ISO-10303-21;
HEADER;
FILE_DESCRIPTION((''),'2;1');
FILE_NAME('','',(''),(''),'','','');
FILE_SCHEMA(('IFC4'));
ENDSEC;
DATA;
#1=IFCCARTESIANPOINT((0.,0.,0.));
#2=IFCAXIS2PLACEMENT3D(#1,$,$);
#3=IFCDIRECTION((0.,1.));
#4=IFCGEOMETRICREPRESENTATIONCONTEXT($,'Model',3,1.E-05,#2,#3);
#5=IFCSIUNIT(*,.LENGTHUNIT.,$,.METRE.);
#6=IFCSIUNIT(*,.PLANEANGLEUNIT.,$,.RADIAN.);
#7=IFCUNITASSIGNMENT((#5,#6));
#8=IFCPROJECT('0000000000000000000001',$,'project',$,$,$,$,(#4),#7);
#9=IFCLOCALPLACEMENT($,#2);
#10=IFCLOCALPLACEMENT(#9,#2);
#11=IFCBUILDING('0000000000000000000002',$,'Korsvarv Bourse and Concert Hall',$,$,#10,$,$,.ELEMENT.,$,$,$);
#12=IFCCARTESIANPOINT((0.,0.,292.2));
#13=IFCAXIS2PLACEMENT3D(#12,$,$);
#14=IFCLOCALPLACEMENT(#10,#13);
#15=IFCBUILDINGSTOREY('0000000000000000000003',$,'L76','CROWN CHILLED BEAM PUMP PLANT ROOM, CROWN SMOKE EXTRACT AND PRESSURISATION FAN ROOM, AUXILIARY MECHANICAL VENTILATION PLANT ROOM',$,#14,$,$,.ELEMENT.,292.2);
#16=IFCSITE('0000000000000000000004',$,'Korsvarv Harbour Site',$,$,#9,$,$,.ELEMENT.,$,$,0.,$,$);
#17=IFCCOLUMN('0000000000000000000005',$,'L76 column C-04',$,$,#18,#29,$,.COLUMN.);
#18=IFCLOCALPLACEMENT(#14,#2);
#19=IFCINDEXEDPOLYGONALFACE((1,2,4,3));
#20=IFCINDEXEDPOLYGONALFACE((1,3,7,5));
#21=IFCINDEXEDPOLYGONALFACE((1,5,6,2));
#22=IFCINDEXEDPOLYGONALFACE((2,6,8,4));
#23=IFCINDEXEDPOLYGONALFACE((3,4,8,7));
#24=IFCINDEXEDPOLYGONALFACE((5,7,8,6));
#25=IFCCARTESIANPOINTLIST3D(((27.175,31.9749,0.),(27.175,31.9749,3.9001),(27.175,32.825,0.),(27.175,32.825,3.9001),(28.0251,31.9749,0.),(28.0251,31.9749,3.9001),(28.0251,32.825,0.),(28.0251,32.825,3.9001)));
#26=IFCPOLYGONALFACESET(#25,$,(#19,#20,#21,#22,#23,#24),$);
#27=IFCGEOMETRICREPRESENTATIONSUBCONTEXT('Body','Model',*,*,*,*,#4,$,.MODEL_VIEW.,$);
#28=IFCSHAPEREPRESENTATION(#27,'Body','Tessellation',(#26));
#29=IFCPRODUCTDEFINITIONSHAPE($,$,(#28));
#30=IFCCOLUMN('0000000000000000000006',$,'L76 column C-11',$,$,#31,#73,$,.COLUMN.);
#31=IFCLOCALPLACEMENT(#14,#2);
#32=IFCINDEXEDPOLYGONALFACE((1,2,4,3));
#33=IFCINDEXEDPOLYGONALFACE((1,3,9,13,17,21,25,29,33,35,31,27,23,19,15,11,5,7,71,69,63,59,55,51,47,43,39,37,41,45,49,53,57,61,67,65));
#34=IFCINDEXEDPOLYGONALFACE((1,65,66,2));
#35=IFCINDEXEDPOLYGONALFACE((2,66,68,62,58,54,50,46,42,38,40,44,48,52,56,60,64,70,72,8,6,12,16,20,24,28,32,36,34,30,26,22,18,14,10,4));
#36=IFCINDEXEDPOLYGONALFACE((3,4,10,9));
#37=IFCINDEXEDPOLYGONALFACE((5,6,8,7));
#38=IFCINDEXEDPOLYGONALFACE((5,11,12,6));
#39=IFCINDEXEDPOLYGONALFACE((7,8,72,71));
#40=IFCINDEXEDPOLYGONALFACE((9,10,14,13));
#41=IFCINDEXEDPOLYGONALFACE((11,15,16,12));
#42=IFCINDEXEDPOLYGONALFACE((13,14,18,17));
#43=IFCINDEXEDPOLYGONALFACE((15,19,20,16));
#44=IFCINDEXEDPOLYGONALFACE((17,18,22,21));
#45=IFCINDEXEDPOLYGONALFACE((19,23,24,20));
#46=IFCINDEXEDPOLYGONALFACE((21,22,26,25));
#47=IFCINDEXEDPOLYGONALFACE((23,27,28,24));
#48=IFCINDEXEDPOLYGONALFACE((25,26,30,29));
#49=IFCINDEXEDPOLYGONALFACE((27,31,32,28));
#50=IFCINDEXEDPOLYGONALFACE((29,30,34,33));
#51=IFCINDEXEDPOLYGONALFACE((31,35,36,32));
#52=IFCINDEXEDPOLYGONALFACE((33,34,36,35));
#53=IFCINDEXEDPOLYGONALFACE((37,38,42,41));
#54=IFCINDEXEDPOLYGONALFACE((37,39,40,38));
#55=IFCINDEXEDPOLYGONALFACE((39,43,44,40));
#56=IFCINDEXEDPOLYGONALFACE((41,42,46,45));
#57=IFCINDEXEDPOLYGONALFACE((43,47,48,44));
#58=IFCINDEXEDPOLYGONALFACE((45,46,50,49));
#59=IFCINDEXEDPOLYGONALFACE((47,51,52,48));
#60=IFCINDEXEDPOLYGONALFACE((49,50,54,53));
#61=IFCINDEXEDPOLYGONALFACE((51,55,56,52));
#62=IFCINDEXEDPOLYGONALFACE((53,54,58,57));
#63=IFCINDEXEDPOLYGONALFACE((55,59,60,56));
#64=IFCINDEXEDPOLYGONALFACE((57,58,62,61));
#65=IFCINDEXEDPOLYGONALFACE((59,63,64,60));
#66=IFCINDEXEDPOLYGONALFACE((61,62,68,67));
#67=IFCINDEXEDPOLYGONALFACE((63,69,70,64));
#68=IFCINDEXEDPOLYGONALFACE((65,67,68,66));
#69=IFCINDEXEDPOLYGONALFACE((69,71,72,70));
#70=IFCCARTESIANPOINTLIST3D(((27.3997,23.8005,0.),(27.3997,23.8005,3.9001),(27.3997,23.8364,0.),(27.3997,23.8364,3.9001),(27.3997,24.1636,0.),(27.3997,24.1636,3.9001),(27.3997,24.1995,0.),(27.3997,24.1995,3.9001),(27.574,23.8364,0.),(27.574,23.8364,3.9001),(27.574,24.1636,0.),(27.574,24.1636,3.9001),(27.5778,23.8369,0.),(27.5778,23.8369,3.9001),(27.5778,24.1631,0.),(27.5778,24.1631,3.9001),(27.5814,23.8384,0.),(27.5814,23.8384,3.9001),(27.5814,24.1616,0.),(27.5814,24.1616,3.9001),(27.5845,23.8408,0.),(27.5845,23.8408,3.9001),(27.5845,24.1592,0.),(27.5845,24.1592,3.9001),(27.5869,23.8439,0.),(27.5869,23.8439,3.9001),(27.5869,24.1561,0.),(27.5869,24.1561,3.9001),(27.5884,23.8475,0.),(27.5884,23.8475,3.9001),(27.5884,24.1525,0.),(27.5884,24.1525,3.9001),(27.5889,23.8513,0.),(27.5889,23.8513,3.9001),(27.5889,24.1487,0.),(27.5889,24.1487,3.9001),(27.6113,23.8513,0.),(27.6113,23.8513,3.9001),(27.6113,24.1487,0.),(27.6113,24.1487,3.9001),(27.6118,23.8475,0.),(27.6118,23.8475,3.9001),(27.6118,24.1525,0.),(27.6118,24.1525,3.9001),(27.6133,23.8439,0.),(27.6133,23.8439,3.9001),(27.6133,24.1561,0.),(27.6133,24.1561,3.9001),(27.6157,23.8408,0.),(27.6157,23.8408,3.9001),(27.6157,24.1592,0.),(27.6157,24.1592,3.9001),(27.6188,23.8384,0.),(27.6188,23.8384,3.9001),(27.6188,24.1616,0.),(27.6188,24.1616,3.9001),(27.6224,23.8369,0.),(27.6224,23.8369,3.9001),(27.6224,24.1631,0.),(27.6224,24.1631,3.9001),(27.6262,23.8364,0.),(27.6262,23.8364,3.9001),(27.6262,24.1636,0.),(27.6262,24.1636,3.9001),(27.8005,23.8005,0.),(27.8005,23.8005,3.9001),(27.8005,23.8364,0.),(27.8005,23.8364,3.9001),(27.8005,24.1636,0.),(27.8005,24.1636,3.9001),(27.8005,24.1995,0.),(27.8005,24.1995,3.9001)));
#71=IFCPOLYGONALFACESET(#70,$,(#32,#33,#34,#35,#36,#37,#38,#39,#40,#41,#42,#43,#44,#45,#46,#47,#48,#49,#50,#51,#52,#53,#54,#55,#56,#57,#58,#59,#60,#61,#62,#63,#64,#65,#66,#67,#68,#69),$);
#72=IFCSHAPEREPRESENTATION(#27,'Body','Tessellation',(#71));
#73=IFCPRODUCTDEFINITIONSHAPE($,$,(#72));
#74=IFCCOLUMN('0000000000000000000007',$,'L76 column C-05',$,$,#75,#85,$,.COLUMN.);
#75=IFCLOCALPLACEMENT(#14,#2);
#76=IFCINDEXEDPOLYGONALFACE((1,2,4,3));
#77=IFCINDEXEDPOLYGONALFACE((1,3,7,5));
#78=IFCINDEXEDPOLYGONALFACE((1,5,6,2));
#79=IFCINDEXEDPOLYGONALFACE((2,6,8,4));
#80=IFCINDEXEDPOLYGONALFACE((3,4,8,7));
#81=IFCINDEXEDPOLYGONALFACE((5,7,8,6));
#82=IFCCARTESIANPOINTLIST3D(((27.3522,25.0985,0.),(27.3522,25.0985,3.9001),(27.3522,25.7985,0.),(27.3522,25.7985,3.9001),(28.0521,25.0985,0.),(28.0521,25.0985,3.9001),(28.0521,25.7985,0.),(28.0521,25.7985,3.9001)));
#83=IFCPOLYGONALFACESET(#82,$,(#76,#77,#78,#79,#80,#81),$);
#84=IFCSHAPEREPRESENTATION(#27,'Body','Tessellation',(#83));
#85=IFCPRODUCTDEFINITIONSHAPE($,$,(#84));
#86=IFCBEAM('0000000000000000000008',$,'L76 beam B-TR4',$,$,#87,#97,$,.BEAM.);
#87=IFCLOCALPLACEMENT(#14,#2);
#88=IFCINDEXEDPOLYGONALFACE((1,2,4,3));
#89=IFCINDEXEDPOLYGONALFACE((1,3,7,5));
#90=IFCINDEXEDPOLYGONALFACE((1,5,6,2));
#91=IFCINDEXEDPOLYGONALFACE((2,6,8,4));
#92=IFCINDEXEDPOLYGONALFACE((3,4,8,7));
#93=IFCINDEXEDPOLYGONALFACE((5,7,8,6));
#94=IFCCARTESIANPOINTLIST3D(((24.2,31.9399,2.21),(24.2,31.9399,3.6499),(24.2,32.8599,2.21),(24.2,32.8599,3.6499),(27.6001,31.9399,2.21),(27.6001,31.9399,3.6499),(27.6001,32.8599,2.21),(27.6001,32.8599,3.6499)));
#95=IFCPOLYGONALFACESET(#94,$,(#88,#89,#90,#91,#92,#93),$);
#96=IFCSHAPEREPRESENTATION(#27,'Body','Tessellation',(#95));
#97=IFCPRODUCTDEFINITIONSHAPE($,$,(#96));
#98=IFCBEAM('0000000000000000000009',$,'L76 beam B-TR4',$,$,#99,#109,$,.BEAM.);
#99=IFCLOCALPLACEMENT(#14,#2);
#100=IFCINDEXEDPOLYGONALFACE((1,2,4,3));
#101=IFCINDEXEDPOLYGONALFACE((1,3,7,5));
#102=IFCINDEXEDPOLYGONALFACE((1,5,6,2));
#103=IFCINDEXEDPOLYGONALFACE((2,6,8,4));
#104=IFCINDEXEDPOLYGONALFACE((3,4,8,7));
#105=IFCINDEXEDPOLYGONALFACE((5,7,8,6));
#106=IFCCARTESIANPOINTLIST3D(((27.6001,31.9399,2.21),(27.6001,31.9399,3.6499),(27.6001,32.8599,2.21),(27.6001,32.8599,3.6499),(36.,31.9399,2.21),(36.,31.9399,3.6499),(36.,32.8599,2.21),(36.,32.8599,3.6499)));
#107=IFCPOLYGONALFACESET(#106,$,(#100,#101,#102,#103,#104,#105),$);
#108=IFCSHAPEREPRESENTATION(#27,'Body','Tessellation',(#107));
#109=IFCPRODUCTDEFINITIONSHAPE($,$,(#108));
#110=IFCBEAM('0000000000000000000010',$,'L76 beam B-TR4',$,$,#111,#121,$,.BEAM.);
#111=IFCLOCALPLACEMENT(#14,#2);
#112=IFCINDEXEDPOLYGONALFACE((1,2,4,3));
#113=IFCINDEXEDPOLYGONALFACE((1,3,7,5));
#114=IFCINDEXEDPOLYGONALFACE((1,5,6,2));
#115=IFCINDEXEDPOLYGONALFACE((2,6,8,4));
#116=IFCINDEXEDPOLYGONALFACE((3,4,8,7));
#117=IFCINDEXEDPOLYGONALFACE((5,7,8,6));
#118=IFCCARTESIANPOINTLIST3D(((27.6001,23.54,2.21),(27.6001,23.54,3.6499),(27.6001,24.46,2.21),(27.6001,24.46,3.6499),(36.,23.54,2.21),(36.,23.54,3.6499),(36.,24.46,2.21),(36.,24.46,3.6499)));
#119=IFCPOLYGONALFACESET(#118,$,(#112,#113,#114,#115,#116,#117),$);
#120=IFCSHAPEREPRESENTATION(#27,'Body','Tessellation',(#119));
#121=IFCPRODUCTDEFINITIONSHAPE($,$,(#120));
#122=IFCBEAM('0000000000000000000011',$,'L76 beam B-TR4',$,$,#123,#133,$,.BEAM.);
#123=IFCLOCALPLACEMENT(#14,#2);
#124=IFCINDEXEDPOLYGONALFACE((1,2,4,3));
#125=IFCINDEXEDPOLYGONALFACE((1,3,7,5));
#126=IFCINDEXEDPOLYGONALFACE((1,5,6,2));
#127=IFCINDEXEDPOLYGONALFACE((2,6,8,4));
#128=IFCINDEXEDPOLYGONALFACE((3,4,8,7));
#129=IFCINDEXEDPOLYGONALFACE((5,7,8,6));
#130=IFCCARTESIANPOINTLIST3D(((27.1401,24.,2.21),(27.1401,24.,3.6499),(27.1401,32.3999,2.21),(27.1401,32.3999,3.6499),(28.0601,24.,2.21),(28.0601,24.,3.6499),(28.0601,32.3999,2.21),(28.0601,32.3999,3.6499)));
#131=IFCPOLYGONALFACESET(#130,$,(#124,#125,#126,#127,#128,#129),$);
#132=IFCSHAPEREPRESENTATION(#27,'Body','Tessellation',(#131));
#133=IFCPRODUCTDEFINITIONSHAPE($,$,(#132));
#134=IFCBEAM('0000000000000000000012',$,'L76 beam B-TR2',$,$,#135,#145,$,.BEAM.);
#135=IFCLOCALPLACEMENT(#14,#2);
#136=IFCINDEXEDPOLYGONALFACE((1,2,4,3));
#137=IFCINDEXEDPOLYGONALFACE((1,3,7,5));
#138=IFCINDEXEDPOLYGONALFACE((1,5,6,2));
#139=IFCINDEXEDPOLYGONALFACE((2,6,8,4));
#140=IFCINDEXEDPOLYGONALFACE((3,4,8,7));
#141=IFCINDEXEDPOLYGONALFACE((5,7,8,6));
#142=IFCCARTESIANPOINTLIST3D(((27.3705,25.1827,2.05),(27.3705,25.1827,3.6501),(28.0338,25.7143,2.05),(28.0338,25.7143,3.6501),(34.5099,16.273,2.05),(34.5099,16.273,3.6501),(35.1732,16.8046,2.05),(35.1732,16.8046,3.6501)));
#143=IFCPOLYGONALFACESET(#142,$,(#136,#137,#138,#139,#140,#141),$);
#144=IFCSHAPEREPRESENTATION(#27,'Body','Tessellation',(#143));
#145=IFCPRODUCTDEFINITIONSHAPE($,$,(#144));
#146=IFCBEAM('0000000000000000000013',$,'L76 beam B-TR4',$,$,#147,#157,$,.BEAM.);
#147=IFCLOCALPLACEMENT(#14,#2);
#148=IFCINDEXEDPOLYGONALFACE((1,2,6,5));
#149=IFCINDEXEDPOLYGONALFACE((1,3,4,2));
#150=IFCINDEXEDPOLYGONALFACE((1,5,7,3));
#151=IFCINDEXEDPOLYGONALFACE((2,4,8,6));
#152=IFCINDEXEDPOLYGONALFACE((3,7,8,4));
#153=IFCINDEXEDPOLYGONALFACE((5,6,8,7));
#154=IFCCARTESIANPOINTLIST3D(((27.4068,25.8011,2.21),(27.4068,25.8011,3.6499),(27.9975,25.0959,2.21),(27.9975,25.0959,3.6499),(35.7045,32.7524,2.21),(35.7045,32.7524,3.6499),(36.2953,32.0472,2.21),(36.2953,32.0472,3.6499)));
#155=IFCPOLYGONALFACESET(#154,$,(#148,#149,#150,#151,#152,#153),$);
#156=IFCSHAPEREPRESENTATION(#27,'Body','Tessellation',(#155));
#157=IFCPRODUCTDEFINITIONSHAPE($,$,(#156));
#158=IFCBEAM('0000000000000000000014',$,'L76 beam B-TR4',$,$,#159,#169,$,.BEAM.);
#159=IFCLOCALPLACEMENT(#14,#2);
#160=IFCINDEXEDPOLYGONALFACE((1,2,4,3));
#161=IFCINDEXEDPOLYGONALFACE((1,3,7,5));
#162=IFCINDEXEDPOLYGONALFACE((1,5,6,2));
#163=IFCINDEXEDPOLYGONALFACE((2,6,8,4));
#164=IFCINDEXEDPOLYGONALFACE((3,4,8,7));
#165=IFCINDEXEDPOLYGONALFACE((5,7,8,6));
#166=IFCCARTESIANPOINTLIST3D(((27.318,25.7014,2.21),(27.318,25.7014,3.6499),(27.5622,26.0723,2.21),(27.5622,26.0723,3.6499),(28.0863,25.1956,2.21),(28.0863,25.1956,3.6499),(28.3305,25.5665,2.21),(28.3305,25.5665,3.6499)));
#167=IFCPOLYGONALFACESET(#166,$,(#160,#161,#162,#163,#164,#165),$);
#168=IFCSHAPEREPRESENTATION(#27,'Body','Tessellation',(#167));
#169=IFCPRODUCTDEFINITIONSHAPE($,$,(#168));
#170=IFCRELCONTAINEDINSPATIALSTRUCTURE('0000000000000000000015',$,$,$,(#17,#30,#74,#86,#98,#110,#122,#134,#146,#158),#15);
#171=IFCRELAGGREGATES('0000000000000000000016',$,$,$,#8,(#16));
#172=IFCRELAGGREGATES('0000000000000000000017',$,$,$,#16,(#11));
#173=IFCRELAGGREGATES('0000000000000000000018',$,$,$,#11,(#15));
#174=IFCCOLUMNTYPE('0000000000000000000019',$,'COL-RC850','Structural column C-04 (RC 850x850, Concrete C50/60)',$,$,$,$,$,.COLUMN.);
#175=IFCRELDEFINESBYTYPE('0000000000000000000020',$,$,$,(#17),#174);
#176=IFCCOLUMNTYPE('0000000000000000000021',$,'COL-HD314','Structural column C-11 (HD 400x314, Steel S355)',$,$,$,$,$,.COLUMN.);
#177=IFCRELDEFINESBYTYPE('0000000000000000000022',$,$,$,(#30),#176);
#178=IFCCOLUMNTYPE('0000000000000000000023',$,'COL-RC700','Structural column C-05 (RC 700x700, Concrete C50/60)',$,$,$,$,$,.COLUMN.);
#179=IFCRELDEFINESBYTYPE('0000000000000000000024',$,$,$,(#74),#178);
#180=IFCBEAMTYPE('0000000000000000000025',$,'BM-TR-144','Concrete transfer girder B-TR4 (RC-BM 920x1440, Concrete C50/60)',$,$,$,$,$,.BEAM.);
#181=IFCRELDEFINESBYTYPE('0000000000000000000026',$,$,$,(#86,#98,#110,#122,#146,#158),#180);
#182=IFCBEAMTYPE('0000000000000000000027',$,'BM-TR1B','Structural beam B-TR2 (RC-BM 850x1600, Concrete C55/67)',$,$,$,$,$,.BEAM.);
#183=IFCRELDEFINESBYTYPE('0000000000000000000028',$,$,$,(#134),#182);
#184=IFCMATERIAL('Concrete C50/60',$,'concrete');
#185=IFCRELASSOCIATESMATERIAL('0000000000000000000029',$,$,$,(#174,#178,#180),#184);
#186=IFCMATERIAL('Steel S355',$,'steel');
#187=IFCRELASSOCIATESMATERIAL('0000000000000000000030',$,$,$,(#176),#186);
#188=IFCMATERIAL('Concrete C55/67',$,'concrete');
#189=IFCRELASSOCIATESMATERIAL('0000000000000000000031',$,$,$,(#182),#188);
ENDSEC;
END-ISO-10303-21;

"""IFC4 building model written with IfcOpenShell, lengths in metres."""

from ifc_helpers import new_model, si_unit, direction, frame, origin, origin_2d, place, context, subcontext, project, spatial, rectangle, i_section, extrude, source, transform, mapped, material, material_profile, profile_set, type_object, element, save


model = new_model("IFC4")

# Units and contexts
model_context = context("Model", 3, precision=1e-05, world=origin(), true_north=direction((0.0, 1.0)))
body_context = subcontext(model_context, "Body", "Model", "MODEL_VIEW")
ifc_project = project(units=[si_unit("LENGTHUNIT", "METRE"), si_unit("PLANEANGLEUNIT", "RADIAN")], contexts=[model_context])

# Site, building, storey
site_placement = place(None, origin())
site = spatial("IfcSite", under=ifc_project, at=site_placement, Name="Korsvarv Harbour Site", CompositionType="ELEMENT", RefElevation=0.0)
building_placement = place(site_placement, origin())
building = spatial("IfcBuilding", under=site, at=building_placement, Name="Korsvarv Bourse and Concert Hall", CompositionType="ELEMENT")
storey_placement = place(building_placement, frame((0.0, 0.0, 292.2)))
storey = spatial("IfcBuildingStorey", under=building, at=storey_placement, Name="L76", Description="CROWN CHILLED BEAM PUMP PLANT ROOM, CROWN SMOKE EXTRACT AND PRESSURISATION FAN ROOM, AUXILIARY MECHANICAL VENTILATION PLANT ROOM", CompositionType="ELEMENT", Elevation=292.2)

# Columns
ifc_material_1 = material(Name="Concrete C50/60", Category="concrete")
ifc_material_profile_1 = material_profile(ifc_material_1, rectangle(XDim=0.8501, YDim=0.8501, at=origin_2d()), Name="RC 850x850")
ifc_profile_set_1 = profile_set([ifc_material_profile_1], Name="Concrete C50/60")
column_type_1 = type_object("IfcColumnType", Name="COL-RC850", Description="Structural column C-04 (RC 850x850, Concrete C50/60)", PredefinedType="COLUMN", material=ifc_profile_set_1)
shared_shape_1 = source(origin(), body_context, "Body", "SweptSolid", [
    extrude(rectangle(XDim=0.8501, YDim=0.8501, at=origin_2d()), origin(), (0.0, 0.0, 1.0), 3.9001),
])
column_1_placement = place(storey_placement, frame((27.6001, 32.3999, 0.0), z_axis=(0.0, 0.0, 1.0), x_axis=(1.0, 0.0, 0.0)))
element("IfcColumn", 1, at=column_1_placement, inside=storey, type_object=column_type_1, Name="L76 column C-04", PredefinedType="COLUMN", context=body_context, shape_type="MappedRepresentation", body=[
    mapped(shared_shape_1, transform((0.0, 0.0, 0.0), scale=1.0)),
])
ifc_material_2 = material(Name="Steel S355", Category="steel")
ifc_material_profile_2 = material_profile(ifc_material_2, i_section(OverallWidth=0.4009, OverallDepth=0.3989, WebThickness=0.0225, FlangeThickness=0.0359, FilletRadius=0.0149, at=origin_2d()), Name="HD 400x314")
ifc_profile_set_2 = profile_set([ifc_material_profile_2], Name="Steel S355")
column_type_2 = type_object("IfcColumnType", Name="COL-HD314", Description="Structural column C-11 (HD 400x314, Steel S355)", PredefinedType="COLUMN", material=ifc_profile_set_2)
shared_shape_2 = source(origin(), body_context, "Body", "SweptSolid", [
    extrude(i_section(OverallWidth=0.4009, OverallDepth=0.3989, WebThickness=0.0225, FlangeThickness=0.0359, FilletRadius=0.0149, at=origin_2d()), origin(), (0.0, 0.0, 1.0), 3.9001),
])
column_2_placement = place(storey_placement, frame((27.6001, 24.0, 0.0), z_axis=(0.0, 0.0, 1.0), x_axis=(1.0, 0.0, 0.0)))
element("IfcColumn", 2, at=column_2_placement, inside=storey, type_object=column_type_2, Name="L76 column C-11", PredefinedType="COLUMN", context=body_context, shape_type="MappedRepresentation", body=[
    mapped(shared_shape_2, transform((0.0, 0.0, 0.0), scale=1.0)),
])
ifc_material_profile_3 = material_profile(ifc_material_1, rectangle(XDim=0.7, YDim=0.7, at=origin_2d()), Name="RC 700x700")
ifc_profile_set_3 = profile_set([ifc_material_profile_3], Name="Concrete C50/60")
column_type_3 = type_object("IfcColumnType", Name="COL-RC700", Description="Structural column C-05 (RC 700x700, Concrete C50/60)", PredefinedType="COLUMN", material=ifc_profile_set_3)
shared_shape_3 = source(origin(), body_context, "Body", "SweptSolid", [
    extrude(rectangle(XDim=0.7, YDim=0.7, at=origin_2d()), origin(), (0.0, 0.0, 1.0), 3.9001),
])
column_3_placement = place(storey_placement, frame((27.7021, 25.4485, 0.0), z_axis=(0.0, 0.0, 1.0), x_axis=(1.0, 0.0, 0.0)))
element("IfcColumn", 3, at=column_3_placement, inside=storey, type_object=column_type_3, Name="L76 column C-05", PredefinedType="COLUMN", context=body_context, shape_type="MappedRepresentation", body=[
    mapped(shared_shape_3, transform((0.0, 0.0, 0.0), scale=1.0)),
])

# Beams
ifc_material_profile_4 = material_profile(ifc_material_1, rectangle(XDim=0.9199, YDim=1.4399, at=origin_2d()), Name="RC-BM 920x1440")
ifc_profile_set_4 = profile_set([ifc_material_profile_4], Name="Concrete C50/60")
beam_type_1 = type_object("IfcBeamType", Name="BM-TR-144", Description="Concrete transfer girder B-TR4 (RC-BM 920x1440, Concrete C50/60)", PredefinedType="BEAM", material=ifc_profile_set_4)
shared_shape_4 = source(origin(), body_context, "Body", "SweptSolid", [
    extrude(rectangle(XDim=0.9199, YDim=1.4399, at=origin_2d()), origin(), (0.0, 0.0, 1.0), 3.4001),
])
beam_1_placement = place(storey_placement, frame((24.2, 32.3999, 2.9299), z_axis=(1.0, 0.0, 0.0), x_axis=(0.0, 1.0, 0.0)))
element("IfcBeam", 4, at=beam_1_placement, inside=storey, type_object=beam_type_1, Name="L76 beam B-TR4", PredefinedType="BEAM", context=body_context, shape_type="MappedRepresentation", body=[
    mapped(shared_shape_4, transform((0.0, 0.0, 0.0), scale=1.0)),
])
shared_shape_5 = source(origin(), body_context, "Body", "SweptSolid", [
    extrude(rectangle(XDim=0.9199, YDim=1.4399, at=origin_2d()), origin(), (0.0, 0.0, 1.0), 8.3999),
])
for number, where, z_axis, x_axis, name in (
    (5, (27.6001, 32.3999, 2.9299), (1.0, 0.0, 0.0), (0.0, 1.0, 0.0), "L76 beam B-TR4"),
    (6, (27.6001, 24.0, 2.9299), (1.0, 0.0, 0.0), (0.0, 1.0, 0.0), "L76 beam B-TR4"),
    (7, (27.6001, 24.0, 2.9299), (0.0, 1.0, 0.0), (-1.0, 0.0, 0.0), "L76 beam B-TR4"),
):
    element("IfcBeam", number, at=place(storey_placement, frame(where, z_axis=z_axis, x_axis=x_axis)), inside=storey, type_object=beam_type_1, Name=name, PredefinedType="BEAM", context=body_context, shape_type="MappedRepresentation", body=[
        mapped(shared_shape_5, transform((0.0, 0.0, 0.0), scale=1.0)),
    ])
ifc_material_3 = material(Name="Concrete C55/67", Category="concrete")
ifc_material_profile_5 = material_profile(ifc_material_3, rectangle(XDim=0.8501, YDim=1.6001, at=origin_2d()), Name="RC-BM 850x1600")
ifc_profile_set_5 = profile_set([ifc_material_profile_5], Name="Concrete C55/67")
beam_type_2 = type_object("IfcBeamType", Name="BM-TR1B", Description="Structural beam B-TR2 (RC-BM 850x1600, Concrete C55/67)", PredefinedType="BEAM", material=ifc_profile_set_5)
shared_shape_6 = source(origin(), body_context, "Body", "SweptSolid", [
    extrude(rectangle(XDim=0.8501, YDim=1.6001, at=origin_2d()), origin(), (0.0, 0.0, 1.0), 11.4172),
])
beam_2_placement = place(storey_placement, frame((27.7021, 25.4485, 2.8501), z_axis=(0.625318, -0.78037, 0.0), x_axis=(0.78037, 0.625318, 0.0)))
element("IfcBeam", 8, at=beam_2_placement, inside=storey, type_object=beam_type_2, Name="L76 beam B-TR2", PredefinedType="BEAM", context=body_context, shape_type="MappedRepresentation", body=[
    mapped(shared_shape_6, transform((0.0, 0.0, 0.0), scale=1.0)),
])
shared_shape_7 = source(origin(), body_context, "Body", "SweptSolid", [
    extrude(rectangle(XDim=0.9199, YDim=1.4399, at=origin_2d()), origin(), (0.0, 0.0, 1.0), 10.8247),
])
beam_3_placement = place(storey_placement, frame((27.7021, 25.4485, 2.9299), z_axis=(0.766559, 0.642174, 0.0), x_axis=(-0.642174, 0.766559, 0.0)))
element("IfcBeam", 9, at=beam_3_placement, inside=storey, type_object=beam_type_1, Name="L76 beam B-TR4", PredefinedType="BEAM", context=body_context, shape_type="MappedRepresentation", body=[
    mapped(shared_shape_7, transform((0.0, 0.0, 0.0), scale=1.0)),
])
shared_shape_8 = source(origin(), body_context, "Body", "SweptSolid", [
    extrude(rectangle(XDim=0.9199, YDim=1.4399, at=origin_2d()), origin(), (0.0, 0.0, 1.0), 0.4441),
])
beam_4_placement = place(storey_placement, frame((27.7021, 25.4485, 2.9299), z_axis=(0.549869, 0.835251, 0.0), x_axis=(-0.835251, 0.549869, 0.0)))
element("IfcBeam", 10, at=beam_4_placement, inside=storey, type_object=beam_type_1, Name="L76 beam B-TR4", PredefinedType="BEAM", context=body_context, shape_type="MappedRepresentation", body=[
    mapped(shared_shape_8, transform((0.0, 0.0, 0.0), scale=1.0)),
])

save(model, "model.ifc")
